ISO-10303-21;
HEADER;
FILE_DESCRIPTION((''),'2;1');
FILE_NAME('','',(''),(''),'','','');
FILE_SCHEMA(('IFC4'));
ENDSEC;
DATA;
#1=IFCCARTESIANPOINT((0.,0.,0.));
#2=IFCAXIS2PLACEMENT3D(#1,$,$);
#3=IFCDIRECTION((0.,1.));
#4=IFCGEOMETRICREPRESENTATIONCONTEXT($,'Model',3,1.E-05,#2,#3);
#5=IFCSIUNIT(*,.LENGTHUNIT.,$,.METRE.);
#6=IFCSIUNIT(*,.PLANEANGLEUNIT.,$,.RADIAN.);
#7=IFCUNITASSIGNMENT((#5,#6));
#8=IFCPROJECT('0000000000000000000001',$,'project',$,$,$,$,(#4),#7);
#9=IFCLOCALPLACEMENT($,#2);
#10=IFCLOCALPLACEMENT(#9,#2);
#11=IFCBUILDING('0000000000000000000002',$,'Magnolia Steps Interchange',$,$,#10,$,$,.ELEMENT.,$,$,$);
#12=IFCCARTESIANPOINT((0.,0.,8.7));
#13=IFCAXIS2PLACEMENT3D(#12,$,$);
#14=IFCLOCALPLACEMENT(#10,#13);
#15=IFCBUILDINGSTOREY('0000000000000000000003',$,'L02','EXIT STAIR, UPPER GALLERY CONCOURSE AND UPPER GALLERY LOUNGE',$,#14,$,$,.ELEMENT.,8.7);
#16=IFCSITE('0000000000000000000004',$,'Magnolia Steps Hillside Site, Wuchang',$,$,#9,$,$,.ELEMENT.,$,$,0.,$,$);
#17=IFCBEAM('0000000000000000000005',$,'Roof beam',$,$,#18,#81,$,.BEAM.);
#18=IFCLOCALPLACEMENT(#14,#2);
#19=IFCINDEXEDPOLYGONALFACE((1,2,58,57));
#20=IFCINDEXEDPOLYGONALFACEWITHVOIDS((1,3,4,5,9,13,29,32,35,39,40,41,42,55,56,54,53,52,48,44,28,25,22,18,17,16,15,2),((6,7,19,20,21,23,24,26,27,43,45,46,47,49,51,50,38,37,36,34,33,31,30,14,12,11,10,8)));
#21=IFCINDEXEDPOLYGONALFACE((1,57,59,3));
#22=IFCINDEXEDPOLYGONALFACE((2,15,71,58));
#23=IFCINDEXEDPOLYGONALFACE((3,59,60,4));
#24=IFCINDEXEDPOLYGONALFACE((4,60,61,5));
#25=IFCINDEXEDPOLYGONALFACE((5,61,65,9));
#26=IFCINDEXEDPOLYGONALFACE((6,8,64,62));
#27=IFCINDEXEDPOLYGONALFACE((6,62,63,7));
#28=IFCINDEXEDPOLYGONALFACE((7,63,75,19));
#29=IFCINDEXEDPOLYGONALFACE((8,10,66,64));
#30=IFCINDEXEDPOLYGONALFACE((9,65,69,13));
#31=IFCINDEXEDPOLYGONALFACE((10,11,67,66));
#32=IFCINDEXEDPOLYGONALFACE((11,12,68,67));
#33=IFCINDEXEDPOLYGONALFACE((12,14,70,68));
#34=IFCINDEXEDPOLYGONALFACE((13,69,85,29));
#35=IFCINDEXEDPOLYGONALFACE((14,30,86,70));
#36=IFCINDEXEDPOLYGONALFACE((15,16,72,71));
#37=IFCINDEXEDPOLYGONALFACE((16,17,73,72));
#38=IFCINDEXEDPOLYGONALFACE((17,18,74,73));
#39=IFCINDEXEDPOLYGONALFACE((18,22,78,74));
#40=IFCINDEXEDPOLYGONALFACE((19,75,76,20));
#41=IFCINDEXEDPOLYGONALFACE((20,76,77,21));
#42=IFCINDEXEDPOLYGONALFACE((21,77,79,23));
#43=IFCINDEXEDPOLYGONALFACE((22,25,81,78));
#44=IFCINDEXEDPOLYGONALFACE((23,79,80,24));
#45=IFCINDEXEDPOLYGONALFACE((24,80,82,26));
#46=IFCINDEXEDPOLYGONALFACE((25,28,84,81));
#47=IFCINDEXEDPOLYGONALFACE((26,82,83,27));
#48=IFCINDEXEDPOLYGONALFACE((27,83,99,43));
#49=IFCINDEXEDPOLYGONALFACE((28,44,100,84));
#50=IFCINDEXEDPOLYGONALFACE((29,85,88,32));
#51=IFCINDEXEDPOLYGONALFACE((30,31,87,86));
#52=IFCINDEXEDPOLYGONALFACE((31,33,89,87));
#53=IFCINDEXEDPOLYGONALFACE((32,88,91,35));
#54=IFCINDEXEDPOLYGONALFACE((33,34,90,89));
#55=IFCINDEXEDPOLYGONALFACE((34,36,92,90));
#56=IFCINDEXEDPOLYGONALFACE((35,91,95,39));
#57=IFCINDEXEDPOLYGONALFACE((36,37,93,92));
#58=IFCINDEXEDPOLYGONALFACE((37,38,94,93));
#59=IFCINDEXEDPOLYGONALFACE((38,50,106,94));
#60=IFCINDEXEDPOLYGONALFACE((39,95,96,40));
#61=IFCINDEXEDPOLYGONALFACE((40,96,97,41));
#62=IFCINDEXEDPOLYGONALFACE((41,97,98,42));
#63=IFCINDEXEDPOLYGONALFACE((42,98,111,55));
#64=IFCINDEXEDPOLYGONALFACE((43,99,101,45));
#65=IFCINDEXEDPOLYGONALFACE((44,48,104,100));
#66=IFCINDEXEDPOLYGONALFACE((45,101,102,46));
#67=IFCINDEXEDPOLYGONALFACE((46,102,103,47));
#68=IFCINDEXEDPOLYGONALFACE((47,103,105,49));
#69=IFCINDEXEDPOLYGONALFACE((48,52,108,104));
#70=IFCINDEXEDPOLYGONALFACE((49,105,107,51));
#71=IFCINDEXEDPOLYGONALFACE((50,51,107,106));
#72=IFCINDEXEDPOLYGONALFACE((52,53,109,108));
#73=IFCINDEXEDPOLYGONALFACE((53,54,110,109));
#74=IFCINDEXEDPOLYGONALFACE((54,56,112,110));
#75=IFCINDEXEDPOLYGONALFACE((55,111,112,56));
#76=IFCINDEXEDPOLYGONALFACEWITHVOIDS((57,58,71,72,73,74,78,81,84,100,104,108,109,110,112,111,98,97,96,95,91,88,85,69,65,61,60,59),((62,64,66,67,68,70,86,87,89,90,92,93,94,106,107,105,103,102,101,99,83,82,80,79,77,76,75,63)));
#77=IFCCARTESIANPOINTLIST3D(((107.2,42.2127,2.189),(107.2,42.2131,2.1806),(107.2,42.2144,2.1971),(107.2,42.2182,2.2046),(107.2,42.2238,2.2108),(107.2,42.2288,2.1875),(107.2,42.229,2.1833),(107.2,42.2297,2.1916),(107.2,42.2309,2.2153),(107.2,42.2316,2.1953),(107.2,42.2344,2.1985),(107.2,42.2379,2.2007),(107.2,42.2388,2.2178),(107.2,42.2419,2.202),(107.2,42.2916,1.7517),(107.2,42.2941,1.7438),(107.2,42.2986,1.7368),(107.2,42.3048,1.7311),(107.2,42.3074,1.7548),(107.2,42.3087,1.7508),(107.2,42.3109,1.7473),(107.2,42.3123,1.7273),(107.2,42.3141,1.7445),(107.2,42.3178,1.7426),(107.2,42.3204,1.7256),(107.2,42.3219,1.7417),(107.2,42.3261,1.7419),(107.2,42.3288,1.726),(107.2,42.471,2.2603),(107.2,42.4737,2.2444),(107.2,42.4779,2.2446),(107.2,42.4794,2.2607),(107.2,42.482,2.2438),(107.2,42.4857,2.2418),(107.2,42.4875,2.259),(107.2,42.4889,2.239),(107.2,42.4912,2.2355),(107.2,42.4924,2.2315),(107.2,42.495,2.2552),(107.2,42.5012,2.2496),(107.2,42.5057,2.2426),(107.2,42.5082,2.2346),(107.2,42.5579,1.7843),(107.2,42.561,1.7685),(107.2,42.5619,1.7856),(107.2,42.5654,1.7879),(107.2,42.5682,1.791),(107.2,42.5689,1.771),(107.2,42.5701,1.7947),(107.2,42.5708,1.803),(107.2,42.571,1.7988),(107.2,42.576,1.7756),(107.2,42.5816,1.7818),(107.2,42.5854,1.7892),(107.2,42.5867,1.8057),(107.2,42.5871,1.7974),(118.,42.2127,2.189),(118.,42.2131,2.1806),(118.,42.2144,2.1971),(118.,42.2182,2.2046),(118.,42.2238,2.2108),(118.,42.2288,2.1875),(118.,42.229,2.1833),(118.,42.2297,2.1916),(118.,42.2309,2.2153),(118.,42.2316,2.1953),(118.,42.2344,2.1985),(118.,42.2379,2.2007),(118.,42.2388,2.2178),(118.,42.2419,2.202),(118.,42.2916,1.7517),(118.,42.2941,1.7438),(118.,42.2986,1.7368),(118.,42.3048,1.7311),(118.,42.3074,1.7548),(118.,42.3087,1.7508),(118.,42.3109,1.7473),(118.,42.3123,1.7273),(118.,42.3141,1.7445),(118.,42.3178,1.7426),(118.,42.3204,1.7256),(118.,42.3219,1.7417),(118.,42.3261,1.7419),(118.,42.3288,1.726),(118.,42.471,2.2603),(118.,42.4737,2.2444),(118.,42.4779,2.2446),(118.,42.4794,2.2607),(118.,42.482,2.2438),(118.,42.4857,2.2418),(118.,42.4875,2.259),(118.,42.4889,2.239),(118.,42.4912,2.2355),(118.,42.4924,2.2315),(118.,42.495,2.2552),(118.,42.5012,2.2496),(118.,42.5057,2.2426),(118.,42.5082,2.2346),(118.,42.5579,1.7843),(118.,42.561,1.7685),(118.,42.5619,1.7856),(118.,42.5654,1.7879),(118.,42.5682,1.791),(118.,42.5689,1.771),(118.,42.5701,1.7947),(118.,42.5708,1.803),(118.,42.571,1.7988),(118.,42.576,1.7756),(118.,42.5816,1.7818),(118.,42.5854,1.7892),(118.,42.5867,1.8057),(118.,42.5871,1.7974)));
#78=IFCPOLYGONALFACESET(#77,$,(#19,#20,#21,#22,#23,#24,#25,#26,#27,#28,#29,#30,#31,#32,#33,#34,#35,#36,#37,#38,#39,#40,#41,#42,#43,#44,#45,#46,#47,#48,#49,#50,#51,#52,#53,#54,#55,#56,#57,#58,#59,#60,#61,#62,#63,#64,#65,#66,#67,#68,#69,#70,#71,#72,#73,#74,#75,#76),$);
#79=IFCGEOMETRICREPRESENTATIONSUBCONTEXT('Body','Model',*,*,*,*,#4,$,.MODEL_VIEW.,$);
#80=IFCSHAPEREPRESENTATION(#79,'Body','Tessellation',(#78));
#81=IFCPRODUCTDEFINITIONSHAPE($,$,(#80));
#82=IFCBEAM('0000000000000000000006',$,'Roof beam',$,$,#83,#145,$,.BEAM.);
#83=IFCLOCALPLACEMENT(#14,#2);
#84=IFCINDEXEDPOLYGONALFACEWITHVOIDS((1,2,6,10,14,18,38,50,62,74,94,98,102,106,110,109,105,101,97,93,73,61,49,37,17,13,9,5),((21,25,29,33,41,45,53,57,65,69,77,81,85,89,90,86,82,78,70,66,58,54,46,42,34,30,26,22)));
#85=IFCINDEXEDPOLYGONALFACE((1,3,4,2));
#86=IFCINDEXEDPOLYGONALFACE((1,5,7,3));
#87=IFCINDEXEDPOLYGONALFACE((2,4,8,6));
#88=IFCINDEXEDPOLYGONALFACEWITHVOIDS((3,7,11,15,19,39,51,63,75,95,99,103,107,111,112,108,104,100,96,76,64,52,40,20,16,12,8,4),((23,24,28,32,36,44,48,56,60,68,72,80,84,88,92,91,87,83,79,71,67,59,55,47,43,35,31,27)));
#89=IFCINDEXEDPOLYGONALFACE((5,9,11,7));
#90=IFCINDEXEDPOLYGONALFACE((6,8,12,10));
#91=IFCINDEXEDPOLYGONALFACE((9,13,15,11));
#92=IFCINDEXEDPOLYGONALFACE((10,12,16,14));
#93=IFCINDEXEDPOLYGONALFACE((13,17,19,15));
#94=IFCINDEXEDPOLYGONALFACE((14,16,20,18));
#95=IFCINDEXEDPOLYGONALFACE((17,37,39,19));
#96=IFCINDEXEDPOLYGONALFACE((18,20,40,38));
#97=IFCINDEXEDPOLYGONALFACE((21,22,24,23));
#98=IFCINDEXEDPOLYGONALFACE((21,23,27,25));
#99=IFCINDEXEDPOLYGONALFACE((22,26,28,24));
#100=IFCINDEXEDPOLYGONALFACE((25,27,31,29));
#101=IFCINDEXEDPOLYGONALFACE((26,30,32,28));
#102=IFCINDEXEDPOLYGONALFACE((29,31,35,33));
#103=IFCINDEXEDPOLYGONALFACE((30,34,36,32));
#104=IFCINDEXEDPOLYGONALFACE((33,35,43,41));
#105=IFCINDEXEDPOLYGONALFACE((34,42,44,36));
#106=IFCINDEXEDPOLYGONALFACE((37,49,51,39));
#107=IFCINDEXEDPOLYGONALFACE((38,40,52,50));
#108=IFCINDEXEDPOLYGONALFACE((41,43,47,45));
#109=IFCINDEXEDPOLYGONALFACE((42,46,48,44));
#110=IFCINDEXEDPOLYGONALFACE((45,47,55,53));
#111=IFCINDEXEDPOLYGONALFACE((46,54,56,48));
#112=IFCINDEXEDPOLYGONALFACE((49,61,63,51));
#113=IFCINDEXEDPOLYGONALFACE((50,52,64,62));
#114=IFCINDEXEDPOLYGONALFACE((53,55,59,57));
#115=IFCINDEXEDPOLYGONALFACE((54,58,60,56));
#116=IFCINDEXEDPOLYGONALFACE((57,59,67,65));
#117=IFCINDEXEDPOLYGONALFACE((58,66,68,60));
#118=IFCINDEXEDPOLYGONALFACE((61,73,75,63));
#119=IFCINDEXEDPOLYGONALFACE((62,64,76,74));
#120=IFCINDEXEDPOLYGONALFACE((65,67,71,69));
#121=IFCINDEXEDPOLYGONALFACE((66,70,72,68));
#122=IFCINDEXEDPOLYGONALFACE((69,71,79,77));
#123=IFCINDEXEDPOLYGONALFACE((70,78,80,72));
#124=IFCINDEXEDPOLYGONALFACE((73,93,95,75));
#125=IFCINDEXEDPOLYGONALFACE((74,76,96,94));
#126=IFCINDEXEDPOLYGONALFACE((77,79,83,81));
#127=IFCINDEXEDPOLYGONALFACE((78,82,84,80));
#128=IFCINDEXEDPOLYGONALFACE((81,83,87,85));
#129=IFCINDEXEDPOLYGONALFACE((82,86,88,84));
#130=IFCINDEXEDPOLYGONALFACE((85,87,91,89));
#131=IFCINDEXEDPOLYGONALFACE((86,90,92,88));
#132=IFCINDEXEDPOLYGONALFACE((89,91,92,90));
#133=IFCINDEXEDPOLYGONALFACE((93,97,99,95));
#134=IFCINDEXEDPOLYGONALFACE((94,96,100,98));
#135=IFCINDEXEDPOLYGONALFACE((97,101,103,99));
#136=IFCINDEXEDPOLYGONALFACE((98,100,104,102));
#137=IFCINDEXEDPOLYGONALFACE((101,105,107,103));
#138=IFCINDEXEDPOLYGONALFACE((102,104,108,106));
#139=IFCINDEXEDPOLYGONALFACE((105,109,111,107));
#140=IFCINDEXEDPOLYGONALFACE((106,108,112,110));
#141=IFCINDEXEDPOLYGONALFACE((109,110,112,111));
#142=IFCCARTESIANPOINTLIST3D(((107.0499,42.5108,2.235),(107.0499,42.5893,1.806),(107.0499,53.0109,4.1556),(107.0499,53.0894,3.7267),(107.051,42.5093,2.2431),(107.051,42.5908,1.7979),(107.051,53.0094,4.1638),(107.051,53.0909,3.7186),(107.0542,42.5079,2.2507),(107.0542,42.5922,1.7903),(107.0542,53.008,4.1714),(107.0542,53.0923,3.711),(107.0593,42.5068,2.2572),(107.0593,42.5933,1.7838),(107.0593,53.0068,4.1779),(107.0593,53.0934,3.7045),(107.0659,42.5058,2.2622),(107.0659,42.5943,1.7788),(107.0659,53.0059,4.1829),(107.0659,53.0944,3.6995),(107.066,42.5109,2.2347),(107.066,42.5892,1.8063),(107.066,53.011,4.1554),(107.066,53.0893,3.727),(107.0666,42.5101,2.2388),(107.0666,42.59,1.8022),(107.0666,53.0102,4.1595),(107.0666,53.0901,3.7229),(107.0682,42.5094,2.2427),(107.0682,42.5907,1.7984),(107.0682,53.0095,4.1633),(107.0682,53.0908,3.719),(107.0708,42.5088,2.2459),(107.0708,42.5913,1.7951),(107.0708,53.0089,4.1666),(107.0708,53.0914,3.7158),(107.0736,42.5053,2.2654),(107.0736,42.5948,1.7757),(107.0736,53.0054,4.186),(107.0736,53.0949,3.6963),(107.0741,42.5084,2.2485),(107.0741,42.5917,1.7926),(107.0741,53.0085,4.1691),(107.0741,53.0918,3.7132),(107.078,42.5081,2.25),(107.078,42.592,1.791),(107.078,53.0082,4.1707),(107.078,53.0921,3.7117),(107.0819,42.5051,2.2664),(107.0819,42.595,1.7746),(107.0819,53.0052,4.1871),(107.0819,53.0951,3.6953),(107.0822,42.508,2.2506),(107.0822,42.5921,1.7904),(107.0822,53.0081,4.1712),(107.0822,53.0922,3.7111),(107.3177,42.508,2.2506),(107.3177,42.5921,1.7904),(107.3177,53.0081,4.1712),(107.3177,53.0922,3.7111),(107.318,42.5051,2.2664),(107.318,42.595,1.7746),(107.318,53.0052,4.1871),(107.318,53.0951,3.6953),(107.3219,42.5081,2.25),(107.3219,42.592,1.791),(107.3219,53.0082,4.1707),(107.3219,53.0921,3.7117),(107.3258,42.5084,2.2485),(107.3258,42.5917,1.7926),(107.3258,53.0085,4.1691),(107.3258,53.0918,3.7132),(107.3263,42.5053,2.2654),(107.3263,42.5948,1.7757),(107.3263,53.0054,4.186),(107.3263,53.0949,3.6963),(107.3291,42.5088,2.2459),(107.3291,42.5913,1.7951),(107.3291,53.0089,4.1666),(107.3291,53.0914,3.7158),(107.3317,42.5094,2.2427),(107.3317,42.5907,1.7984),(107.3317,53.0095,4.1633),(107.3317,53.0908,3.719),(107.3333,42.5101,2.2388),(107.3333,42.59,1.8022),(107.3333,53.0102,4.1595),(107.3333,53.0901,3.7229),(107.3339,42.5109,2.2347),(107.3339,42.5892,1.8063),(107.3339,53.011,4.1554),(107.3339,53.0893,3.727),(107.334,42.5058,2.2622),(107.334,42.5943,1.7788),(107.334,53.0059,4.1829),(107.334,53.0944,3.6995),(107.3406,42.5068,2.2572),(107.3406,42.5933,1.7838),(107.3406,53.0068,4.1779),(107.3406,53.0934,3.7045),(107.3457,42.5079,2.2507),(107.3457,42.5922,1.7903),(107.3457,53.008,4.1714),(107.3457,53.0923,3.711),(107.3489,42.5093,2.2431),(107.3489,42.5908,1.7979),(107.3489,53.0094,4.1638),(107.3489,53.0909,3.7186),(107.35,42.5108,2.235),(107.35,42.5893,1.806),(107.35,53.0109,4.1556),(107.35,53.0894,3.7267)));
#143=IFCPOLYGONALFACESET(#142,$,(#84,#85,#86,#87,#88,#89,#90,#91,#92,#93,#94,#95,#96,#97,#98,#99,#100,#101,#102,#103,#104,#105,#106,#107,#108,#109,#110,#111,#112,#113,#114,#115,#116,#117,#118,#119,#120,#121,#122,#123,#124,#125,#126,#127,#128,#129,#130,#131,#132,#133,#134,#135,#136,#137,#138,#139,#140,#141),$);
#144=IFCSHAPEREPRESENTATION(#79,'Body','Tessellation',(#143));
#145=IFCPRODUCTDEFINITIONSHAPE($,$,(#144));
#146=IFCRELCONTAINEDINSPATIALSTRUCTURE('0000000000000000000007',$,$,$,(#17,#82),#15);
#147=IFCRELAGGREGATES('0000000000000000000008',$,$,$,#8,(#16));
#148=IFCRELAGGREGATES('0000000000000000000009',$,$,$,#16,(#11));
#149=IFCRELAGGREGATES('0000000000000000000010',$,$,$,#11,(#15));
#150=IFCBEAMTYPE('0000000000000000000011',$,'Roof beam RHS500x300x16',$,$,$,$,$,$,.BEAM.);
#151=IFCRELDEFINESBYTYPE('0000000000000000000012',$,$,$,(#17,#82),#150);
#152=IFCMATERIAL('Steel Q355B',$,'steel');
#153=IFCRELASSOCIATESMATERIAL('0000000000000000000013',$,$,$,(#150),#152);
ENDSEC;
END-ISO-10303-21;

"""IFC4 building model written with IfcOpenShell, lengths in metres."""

from ifc_helpers import new_model, si_unit, direction, frame, origin, origin_2d, place, context, subcontext, project, spatial, hollow_rectangle, extrude, material, material_profile, profile_set, type_object, element, save


model = new_model("IFC4")

# Units and contexts
model_context = context("Model", 3, precision=1e-05, world=origin(), true_north=direction((0.0, 1.0)))
body_context = subcontext(model_context, "Body", "Model", "MODEL_VIEW")
ifc_project = project(units=[si_unit("LENGTHUNIT", "METRE"), si_unit("PLANEANGLEUNIT", "RADIAN")], contexts=[model_context])

# Site, building, storey
site_placement = place(None, origin())
site = spatial("IfcSite", under=ifc_project, at=site_placement, Name="Magnolia Steps Hillside Site, Wuchang", CompositionType="ELEMENT", RefElevation=0.0)
building_placement = place(site_placement, origin())
building = spatial("IfcBuilding", under=site, at=building_placement, Name="Magnolia Steps Interchange", CompositionType="ELEMENT")
storey_placement = place(building_placement, frame((0.0, 0.0, 8.7)))
storey = spatial("IfcBuildingStorey", under=building, at=storey_placement, Name="L02", Description="EXIT STAIR, UPPER GALLERY CONCOURSE AND UPPER GALLERY LOUNGE", CompositionType="ELEMENT", Elevation=8.7)

# Beams
ifc_material_1 = material(Name="Steel Q355B", Category="steel")
ifc_material_profile_1 = material_profile(ifc_material_1, hollow_rectangle(XDim=0.3, YDim=0.5, WallThickness=0.0161, InnerFilletRadius=0.0161, OuterFilletRadius=0.032, at=origin_2d()), Name="RHS500x300x16")
ifc_profile_set_1 = profile_set([ifc_material_profile_1], Name="Steel Q355B")
beam_type_1 = type_object("IfcBeamType", Name="Roof beam RHS500x300x16", PredefinedType="BEAM", material=ifc_profile_set_1)
beam_1_placement = place(storey_placement, frame((107.2, 42.3999, 1.9932), z_axis=(1.0, 0.0, 0.0), x_axis=(0.0, 0.983677, 0.179941)))
element("IfcBeam", 1, at=beam_1_placement, inside=storey, type_object=beam_type_1, Name="Roof beam", PredefinedType="BEAM", context=body_context, shape_type="SweptSolid", body=[
    extrude(hollow_rectangle(XDim=0.3, YDim=0.5, WallThickness=0.0161, InnerFilletRadius=0.0161, OuterFilletRadius=0.032, at=origin_2d()), origin(), (0.0, 0.0, 1.0), 10.8),
])
beam_2_placement = place(storey_placement, frame((107.2, 42.55, 2.0205), z_axis=(0.0, 0.983679, 0.179934), x_axis=(-1.0, 0.0, 0.0)))
element("IfcBeam", 2, at=beam_2_placement, inside=storey, type_object=beam_type_1, Name="Roof beam", PredefinedType="BEAM", context=body_context, shape_type="SweptSolid", body=[
    extrude(hollow_rectangle(XDim=0.3, YDim=0.5, WallThickness=0.0161, InnerFilletRadius=0.0161, OuterFilletRadius=0.032, at=origin_2d()), origin(), (0.0, 0.0, 1.0), 10.6743),
])

save(model, "model.ifc")
